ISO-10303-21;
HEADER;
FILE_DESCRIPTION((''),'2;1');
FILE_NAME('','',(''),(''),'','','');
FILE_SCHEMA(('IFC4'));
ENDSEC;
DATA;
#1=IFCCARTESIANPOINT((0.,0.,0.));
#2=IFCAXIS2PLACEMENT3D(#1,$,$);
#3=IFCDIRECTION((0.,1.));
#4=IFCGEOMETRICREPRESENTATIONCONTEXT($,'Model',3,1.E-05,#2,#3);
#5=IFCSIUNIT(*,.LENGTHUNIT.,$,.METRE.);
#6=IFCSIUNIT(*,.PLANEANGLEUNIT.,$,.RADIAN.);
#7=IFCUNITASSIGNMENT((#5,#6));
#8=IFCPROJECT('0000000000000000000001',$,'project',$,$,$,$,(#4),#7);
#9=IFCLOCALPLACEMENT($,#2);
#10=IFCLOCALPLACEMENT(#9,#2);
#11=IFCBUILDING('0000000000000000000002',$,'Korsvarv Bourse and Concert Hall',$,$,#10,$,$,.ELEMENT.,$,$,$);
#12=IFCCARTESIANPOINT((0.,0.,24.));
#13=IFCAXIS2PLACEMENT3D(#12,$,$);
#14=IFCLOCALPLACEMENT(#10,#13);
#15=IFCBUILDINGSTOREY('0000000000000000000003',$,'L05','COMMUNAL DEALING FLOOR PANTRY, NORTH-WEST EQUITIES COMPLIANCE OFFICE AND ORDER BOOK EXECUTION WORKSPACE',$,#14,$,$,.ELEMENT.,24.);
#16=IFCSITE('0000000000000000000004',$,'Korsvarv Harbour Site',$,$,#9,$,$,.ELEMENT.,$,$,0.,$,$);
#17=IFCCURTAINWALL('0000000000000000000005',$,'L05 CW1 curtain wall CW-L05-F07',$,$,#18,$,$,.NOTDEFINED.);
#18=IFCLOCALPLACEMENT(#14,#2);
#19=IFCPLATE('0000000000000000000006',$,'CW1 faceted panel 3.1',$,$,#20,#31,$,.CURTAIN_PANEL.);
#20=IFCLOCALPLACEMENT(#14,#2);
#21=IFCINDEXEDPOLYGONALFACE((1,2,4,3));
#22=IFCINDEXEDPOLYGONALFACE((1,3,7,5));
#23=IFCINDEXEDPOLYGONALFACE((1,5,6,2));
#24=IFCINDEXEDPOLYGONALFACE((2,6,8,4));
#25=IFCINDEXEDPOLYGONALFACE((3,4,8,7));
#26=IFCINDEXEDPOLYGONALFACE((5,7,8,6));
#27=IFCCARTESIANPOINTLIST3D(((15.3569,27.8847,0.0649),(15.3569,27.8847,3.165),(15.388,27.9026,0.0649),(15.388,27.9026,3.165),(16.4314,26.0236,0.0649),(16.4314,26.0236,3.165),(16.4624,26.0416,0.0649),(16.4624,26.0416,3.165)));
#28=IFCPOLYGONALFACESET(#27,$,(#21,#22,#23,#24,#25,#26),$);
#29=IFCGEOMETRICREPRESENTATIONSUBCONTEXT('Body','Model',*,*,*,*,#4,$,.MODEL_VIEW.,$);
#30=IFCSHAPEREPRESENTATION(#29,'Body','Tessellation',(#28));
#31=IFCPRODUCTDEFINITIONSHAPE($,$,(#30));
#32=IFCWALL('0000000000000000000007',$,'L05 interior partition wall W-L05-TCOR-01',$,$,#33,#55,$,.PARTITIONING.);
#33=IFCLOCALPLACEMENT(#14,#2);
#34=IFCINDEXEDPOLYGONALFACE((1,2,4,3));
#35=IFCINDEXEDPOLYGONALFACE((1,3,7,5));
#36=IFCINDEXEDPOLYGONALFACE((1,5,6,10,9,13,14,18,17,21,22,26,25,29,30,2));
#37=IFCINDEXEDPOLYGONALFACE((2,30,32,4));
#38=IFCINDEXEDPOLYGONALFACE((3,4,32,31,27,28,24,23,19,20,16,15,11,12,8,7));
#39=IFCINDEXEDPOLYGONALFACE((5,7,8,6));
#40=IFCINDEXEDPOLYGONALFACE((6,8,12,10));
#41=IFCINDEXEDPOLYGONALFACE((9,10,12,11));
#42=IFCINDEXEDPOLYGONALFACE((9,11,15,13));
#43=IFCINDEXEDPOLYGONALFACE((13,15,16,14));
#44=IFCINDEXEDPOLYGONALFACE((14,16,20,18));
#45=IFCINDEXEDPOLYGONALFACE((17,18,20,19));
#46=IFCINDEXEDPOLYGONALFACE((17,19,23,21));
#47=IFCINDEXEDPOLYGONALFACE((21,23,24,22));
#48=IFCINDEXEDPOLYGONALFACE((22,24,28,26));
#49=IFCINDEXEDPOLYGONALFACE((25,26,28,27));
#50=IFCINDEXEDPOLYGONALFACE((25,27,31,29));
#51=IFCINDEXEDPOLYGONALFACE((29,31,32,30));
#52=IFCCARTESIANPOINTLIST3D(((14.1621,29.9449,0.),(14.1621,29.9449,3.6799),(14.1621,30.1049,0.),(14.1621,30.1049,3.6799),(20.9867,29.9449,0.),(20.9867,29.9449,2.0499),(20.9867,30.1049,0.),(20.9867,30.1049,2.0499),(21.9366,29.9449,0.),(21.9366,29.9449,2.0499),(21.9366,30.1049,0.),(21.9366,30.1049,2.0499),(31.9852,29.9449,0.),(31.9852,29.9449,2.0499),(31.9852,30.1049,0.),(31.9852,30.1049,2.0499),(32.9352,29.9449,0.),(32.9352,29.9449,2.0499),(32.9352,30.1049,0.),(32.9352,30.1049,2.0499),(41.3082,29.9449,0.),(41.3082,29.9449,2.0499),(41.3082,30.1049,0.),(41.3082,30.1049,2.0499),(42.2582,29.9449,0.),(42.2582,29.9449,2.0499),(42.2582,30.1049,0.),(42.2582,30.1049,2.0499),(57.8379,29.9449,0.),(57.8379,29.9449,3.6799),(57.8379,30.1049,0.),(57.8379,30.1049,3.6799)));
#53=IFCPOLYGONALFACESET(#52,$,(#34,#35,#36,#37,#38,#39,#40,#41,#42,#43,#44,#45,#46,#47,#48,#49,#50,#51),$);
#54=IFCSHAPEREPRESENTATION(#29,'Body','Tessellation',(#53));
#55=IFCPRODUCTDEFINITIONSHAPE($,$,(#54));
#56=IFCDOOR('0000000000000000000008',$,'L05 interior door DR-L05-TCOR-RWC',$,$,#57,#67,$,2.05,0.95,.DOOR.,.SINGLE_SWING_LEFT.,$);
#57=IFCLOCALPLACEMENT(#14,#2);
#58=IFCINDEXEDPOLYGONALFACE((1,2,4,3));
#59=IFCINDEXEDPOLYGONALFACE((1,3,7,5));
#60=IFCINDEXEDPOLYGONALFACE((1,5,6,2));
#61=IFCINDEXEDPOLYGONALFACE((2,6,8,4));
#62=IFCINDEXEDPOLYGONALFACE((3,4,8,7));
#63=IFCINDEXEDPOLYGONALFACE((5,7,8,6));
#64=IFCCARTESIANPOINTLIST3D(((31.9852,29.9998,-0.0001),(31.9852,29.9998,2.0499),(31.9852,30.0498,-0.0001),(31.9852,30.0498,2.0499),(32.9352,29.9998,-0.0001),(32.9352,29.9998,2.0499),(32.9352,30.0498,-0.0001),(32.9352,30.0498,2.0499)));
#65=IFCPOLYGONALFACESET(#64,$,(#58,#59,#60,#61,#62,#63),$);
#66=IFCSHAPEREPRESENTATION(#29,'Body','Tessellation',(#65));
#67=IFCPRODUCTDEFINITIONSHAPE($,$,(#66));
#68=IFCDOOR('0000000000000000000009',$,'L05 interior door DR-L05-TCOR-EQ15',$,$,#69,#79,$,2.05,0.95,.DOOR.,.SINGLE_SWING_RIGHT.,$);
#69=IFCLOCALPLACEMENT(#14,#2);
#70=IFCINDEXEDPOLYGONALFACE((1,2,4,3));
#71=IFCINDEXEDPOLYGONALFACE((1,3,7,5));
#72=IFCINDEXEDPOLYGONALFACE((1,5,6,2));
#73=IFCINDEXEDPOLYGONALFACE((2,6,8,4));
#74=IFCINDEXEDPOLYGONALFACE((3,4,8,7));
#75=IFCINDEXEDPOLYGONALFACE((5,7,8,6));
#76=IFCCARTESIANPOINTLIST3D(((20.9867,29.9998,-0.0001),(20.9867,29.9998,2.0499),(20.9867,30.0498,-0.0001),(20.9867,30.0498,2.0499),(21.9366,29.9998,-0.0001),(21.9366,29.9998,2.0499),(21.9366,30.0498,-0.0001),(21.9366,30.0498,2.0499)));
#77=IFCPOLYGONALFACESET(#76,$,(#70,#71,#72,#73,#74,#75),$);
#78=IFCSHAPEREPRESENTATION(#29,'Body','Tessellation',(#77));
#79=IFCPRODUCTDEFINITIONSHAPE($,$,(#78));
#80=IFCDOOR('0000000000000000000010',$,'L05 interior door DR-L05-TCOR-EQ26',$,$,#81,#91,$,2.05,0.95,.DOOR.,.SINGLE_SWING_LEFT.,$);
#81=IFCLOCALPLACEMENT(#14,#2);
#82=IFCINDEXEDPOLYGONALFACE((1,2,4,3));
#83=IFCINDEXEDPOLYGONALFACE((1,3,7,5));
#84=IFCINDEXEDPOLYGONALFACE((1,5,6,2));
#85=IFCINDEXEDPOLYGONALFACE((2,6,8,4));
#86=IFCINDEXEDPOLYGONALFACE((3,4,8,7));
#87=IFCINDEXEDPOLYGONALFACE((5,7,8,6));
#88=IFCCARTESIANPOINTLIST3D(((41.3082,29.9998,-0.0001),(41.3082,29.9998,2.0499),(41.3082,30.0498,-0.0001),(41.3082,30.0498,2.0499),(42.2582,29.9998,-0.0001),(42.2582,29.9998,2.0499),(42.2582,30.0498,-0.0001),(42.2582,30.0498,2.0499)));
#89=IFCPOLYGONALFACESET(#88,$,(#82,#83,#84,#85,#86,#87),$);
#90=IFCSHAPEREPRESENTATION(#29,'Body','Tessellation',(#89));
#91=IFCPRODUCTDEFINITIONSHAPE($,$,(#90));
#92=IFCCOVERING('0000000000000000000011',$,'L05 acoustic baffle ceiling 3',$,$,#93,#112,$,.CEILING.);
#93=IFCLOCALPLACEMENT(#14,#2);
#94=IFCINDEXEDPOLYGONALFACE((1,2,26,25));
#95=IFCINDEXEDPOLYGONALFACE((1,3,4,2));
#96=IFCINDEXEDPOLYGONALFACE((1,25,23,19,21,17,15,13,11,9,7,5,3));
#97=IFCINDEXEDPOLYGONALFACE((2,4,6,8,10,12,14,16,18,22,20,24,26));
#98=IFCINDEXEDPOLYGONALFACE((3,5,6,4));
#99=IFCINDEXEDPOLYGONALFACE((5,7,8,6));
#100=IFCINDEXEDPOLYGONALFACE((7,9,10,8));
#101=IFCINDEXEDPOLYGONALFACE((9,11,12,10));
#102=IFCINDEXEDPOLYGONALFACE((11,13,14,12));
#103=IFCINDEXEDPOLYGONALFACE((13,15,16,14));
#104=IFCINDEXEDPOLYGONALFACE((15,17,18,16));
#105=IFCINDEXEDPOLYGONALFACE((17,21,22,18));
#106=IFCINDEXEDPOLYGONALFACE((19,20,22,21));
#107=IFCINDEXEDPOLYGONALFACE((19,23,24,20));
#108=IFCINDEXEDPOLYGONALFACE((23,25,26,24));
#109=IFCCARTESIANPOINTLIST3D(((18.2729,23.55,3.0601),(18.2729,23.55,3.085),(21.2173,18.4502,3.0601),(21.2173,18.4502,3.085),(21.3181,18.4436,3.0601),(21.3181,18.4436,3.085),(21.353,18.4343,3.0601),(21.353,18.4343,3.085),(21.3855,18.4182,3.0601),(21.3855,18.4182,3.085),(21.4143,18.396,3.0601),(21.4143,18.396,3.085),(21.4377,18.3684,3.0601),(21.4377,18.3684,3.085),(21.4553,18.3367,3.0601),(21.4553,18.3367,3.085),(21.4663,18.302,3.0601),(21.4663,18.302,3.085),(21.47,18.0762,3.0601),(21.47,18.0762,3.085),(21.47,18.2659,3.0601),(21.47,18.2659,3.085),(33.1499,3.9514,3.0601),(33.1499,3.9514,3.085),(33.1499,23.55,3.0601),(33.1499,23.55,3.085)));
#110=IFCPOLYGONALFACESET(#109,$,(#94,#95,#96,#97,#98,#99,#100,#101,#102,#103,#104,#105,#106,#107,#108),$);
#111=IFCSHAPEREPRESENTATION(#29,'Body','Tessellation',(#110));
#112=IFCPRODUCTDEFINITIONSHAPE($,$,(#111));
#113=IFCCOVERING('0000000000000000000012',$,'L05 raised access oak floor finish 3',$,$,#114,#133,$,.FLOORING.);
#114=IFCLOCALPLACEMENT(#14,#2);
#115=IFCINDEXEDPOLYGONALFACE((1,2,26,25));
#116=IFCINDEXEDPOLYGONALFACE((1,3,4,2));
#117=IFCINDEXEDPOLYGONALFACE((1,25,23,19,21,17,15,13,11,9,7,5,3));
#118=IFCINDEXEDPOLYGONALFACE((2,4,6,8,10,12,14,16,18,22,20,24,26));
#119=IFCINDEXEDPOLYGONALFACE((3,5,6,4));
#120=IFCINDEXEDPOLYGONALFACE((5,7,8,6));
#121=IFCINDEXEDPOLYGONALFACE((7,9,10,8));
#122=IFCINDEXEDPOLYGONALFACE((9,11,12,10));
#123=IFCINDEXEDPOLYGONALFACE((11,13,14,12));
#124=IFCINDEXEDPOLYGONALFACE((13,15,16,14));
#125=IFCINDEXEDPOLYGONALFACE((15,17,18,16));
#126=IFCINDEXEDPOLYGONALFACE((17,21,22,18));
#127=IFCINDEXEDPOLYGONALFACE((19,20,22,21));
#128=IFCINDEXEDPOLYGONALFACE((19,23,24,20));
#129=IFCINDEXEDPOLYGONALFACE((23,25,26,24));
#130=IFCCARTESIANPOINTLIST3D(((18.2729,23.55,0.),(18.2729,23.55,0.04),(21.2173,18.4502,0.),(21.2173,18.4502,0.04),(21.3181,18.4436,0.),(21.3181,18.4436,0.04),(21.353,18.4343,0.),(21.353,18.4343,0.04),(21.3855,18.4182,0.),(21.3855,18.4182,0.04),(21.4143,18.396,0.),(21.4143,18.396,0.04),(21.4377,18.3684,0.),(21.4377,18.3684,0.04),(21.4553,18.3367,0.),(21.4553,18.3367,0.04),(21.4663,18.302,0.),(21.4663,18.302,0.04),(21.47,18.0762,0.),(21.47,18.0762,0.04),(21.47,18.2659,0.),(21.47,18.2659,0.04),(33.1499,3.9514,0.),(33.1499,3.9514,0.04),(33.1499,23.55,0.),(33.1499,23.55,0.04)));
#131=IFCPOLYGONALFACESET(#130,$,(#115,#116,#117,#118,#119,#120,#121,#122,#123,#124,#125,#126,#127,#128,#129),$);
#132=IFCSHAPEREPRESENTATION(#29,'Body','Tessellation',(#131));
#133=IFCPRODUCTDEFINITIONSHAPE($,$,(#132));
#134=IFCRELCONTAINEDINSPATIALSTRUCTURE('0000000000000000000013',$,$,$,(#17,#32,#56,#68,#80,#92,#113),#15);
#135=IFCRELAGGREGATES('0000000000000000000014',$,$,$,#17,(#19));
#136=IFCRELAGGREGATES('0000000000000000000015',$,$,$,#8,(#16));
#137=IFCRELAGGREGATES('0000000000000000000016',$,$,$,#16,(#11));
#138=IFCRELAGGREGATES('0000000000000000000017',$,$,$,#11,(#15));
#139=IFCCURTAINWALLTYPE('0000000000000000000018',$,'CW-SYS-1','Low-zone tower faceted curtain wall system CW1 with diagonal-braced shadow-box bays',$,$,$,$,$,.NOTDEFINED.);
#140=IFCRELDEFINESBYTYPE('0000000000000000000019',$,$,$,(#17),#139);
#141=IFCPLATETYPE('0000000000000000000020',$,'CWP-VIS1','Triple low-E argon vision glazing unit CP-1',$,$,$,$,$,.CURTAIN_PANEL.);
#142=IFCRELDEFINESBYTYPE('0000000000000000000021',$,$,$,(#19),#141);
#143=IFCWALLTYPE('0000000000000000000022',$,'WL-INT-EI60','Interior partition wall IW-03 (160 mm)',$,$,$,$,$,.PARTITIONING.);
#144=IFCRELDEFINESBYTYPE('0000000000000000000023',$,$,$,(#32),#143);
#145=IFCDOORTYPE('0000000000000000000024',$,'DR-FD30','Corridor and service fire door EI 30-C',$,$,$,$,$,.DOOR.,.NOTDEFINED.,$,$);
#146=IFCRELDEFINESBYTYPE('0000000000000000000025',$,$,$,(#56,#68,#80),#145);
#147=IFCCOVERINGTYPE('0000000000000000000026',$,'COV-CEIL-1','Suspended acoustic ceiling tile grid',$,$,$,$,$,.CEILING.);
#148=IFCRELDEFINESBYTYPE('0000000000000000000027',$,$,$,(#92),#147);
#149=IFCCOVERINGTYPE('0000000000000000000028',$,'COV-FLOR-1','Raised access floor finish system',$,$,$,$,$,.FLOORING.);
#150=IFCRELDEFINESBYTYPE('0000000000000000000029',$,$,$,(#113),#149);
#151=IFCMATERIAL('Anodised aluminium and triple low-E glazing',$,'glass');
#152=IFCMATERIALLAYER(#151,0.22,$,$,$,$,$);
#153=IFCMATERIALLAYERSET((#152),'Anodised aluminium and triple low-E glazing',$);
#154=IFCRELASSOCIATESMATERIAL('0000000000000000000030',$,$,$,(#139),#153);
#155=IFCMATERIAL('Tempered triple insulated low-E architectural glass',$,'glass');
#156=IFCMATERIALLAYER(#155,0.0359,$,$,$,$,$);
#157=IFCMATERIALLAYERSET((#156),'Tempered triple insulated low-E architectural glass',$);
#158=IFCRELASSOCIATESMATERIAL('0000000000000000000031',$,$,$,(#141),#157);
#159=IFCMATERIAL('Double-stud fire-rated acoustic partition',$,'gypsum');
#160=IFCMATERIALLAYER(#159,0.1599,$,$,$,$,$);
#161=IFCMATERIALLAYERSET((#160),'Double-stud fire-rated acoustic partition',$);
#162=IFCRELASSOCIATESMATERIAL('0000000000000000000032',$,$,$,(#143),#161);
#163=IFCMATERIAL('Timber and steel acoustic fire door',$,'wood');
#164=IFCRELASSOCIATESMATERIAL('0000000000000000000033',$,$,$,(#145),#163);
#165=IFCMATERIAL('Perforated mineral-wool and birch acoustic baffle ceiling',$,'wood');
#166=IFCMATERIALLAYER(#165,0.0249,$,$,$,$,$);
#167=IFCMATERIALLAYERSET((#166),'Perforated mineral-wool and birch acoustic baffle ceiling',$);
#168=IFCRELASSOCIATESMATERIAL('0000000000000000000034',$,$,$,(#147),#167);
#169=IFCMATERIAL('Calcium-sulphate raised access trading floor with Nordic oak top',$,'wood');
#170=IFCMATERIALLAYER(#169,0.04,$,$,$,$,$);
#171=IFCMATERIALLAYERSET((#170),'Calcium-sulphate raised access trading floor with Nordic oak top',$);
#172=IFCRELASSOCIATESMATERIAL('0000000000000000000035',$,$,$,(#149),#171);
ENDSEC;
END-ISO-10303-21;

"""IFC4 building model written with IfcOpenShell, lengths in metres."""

from ifc_helpers import new_model, si_unit, direction, frame, frame_2d, origin, origin_2d, place, context, subcontext, project, spatial, polyline, rectangle, outline, extrude, source, transform, mapped, material, layer, layer_set, type_object, element, fill, aggregate, save


model = new_model("IFC4")

# Units and contexts
model_context = context("Model", 3, precision=1e-05, world=origin(), true_north=direction((0.0, 1.0)))
body_context = subcontext(model_context, "Body", "Model", "MODEL_VIEW")
ifc_project = project(units=[si_unit("LENGTHUNIT", "METRE"), si_unit("PLANEANGLEUNIT", "RADIAN")], contexts=[model_context])

# Site, building, storey
site_placement = place(None, origin())
site = spatial("IfcSite", under=ifc_project, at=site_placement, Name="Korsvarv Harbour Site", CompositionType="ELEMENT", RefElevation=0.0)
building_placement = place(site_placement, origin())
building = spatial("IfcBuilding", under=site, at=building_placement, Name="Korsvarv Bourse and Concert Hall", CompositionType="ELEMENT")
storey_placement = place(building_placement, frame((0.0, 0.0, 24.0)))
storey = spatial("IfcBuildingStorey", under=building, at=storey_placement, Name="L05", Description="COMMUNAL DEALING FLOOR PANTRY, NORTH-WEST EQUITIES COMPLIANCE OFFICE AND ORDER BOOK EXECUTION WORKSPACE", CompositionType="ELEMENT", Elevation=24.0)

# Curtain wall, plate
ifc_material_1 = material(Name="Anodised aluminium and triple low-E glazing", Category="glass")
ifc_layer_1 = layer(ifc_material_1, 0.22)
ifc_layer_set_1 = layer_set([ifc_layer_1], Name="Anodised aluminium and triple low-E glazing")
curtain_wall_type = type_object("IfcCurtainWallType", Name="CW-SYS-1", Description="Low-zone tower faceted curtain wall system CW1 with diagonal-braced shadow-box bays", PredefinedType="NOTDEFINED", material=ifc_layer_set_1)
curtain_wall_placement = place(storey_placement, origin())
curtain_wall = element("IfcCurtainWall", 1, at=curtain_wall_placement, inside=storey, type_object=curtain_wall_type, Name="L05 CW1 curtain wall CW-L05-F07", PredefinedType="NOTDEFINED")
ifc_material_2 = material(Name="Tempered triple insulated low-E architectural glass", Category="glass")
ifc_layer_2 = layer(ifc_material_2, 0.0359)
ifc_layer_set_2 = layer_set([ifc_layer_2], Name="Tempered triple insulated low-E architectural glass")
plate_type_1 = type_object("IfcPlateType", Name="CWP-VIS1", Description="Triple low-E argon vision glazing unit CP-1", PredefinedType="CURTAIN_PANEL", material=ifc_layer_set_2)
shared_shape_1 = source(origin(), body_context, "Body", "SweptSolid", [
    extrude(rectangle(XDim=2.1489, YDim=0.0359, at=origin_2d()), origin(), (0.0, 0.0, 1.0), 3.1001),
])
plate_1_placement = place(storey_placement, frame((15.9097, 26.9631, 0.0649), z_axis=(0.0, 0.0, 1.0), x_axis=(0.499995, -0.866029, 0.0)))
plate_1 = element("IfcPlate", 2, at=plate_1_placement, type_object=plate_type_1, Name="CW1 faceted panel 3.1", PredefinedType="CURTAIN_PANEL", context=body_context, shape_type="MappedRepresentation", body=[
    mapped(shared_shape_1, transform((0.0, 0.0, 0.0), scale=1.0)),
])
aggregate(curtain_wall, [plate_1])

# Wall, openings, doors
ifc_material_3 = material(Name="Double-stud fire-rated acoustic partition", Category="gypsum")
ifc_layer_3 = layer(ifc_material_3, 0.1599)
ifc_layer_set_3 = layer_set([ifc_layer_3], Name="Double-stud fire-rated acoustic partition")
wall_type = type_object("IfcWallType", Name="WL-INT-EI60", Description="Interior partition wall IW-03 (160 mm)", PredefinedType="PARTITIONING", material=ifc_layer_set_3)
wall_placement = place(storey_placement, frame((14.1621, 30.0249, 0.0), z_axis=(0.0, 0.0, 1.0), x_axis=(1.0, 0.0, 0.0)))
wall = element("IfcWall", 3, at=wall_placement, inside=storey, type_object=wall_type, Name="L05 interior partition wall W-L05-TCOR-01", PredefinedType="PARTITIONING", context=body_context, shape_type="SweptSolid", body=[
    extrude(rectangle(XDim=43.6758, YDim=0.1599, at=frame_2d((21.8379, 0.0))), origin(), (0.0, 0.0, 1.0), 3.6799),
])
opening_1_placement = place(wall_placement, frame((17.823, 0.0, 0.0)))
opening_1 = element("IfcOpeningElement", 4, at=opening_1_placement, cuts=wall, PredefinedType="OPENING", context=body_context, shape_type="SweptSolid", body=[
    extrude(rectangle(XDim=0.95, YDim=2.05, at=frame_2d((0.4751, 1.0249))), frame((0.0, 0.0898, 0.0), z_axis=(0.0, -1.0, 0.0), x_axis=(1.0, 0.0, 0.0)), (0.0, 0.0, 1.0), 0.1799),
])
opening_2_placement = place(wall_placement, frame((6.8245, 0.0, 0.0)))
opening_2 = element("IfcOpeningElement", 5, at=opening_2_placement, cuts=wall, PredefinedType="OPENING", context=body_context, shape_type="SweptSolid", body=[
    extrude(rectangle(XDim=0.95, YDim=2.05, at=frame_2d((0.4751, 1.0249))), frame((0.0, 0.0898, 0.0), z_axis=(0.0, -1.0, 0.0), x_axis=(1.0, 0.0, 0.0)), (0.0, 0.0, 1.0), 0.1799),
])
opening_3_placement = place(wall_placement, frame((27.146, 0.0, 0.0)))
opening_3 = element("IfcOpeningElement", 6, at=opening_3_placement, cuts=wall, PredefinedType="OPENING", context=body_context, shape_type="SweptSolid", body=[
    extrude(rectangle(XDim=0.95, YDim=2.05, at=frame_2d((0.4751, 1.0249))), frame((0.0, 0.0898, 0.0), z_axis=(0.0, -1.0, 0.0), x_axis=(1.0, 0.0, 0.0)), (0.0, 0.0, 1.0), 0.1799),
])
ifc_material_4 = material(Name="Timber and steel acoustic fire door", Category="wood")
door_type = type_object("IfcDoorType", Name="DR-FD30", Description="Corridor and service fire door EI 30-C", OperationType="NOTDEFINED", PredefinedType="DOOR", material=ifc_material_4)
door_1_placement = place(opening_1_placement, origin())
door_1 = element("IfcDoor", 7, at=door_1_placement, inside=storey, type_object=door_type, Name="L05 interior door DR-L05-TCOR-RWC", OperationType="SINGLE_SWING_LEFT", OverallHeight=2.05, OverallWidth=0.95, PredefinedType="DOOR", context=body_context, shape_type="SweptSolid", body=[
    extrude(rectangle(XDim=0.95, YDim=2.05, at=frame_2d((0.4751, 1.0249))), frame((0.0, 0.0249, 0.0), z_axis=(0.0, -1.0, 0.0), x_axis=(1.0, 0.0, 0.0)), (0.0, 0.0, 1.0), 0.05),
])
fill(opening_1, door_1)
door_2_placement = place(opening_2_placement, origin())
door_2 = element("IfcDoor", 8, at=door_2_placement, inside=storey, type_object=door_type, Name="L05 interior door DR-L05-TCOR-EQ15", OperationType="SINGLE_SWING_RIGHT", OverallHeight=2.05, OverallWidth=0.95, PredefinedType="DOOR", context=body_context, shape_type="SweptSolid", body=[
    extrude(rectangle(XDim=0.95, YDim=2.05, at=frame_2d((0.4751, 1.0249))), frame((0.0, 0.0249, 0.0), z_axis=(0.0, -1.0, 0.0), x_axis=(1.0, 0.0, 0.0)), (0.0, 0.0, 1.0), 0.05),
])
fill(opening_2, door_2)
door_3_placement = place(opening_3_placement, origin())
door_3 = element("IfcDoor", 9, at=door_3_placement, inside=storey, type_object=door_type, Name="L05 interior door DR-L05-TCOR-EQ26", OperationType="SINGLE_SWING_LEFT", OverallHeight=2.05, OverallWidth=0.95, PredefinedType="DOOR", context=body_context, shape_type="SweptSolid", body=[
    extrude(rectangle(XDim=0.95, YDim=2.05, at=frame_2d((0.4751, 1.0249))), frame((0.0, 0.0249, 0.0), z_axis=(0.0, -1.0, 0.0), x_axis=(1.0, 0.0, 0.0)), (0.0, 0.0, 1.0), 0.05),
])
fill(opening_3, door_3)

# Coverings
ifc_material_5 = material(Name="Perforated mineral-wool and birch acoustic baffle ceiling", Category="wood")
ifc_layer_4 = layer(ifc_material_5, 0.0249)
ifc_layer_set_4 = layer_set([ifc_layer_4], Name="Perforated mineral-wool and birch acoustic baffle ceiling")
covering_type_1 = type_object("IfcCoveringType", Name="COV-CEIL-1", Description="Suspended acoustic ceiling tile grid", PredefinedType="CEILING", material=ifc_layer_set_4)
covering_1_placement = place(storey_placement, frame((0.0, 0.0, 3.0601)))
element("IfcCovering", 10, at=covering_1_placement, inside=storey, type_object=covering_type_1, Name="L05 acoustic baffle ceiling 3", PredefinedType="CEILING", context=body_context, shape_type="SweptSolid", body=[
    extrude(outline(polyline([(33.1499, 23.55), (33.1499, 3.9514), (21.47, 18.0762), (21.47, 18.2659), (21.4663, 18.302), (21.4553, 18.3367), (21.4377, 18.3684), (21.4143, 18.396), (21.3855, 18.4182), (21.353, 18.4343), (21.3181, 18.4436), (21.2173, 18.4502), (18.2729, 23.55), (33.1499, 23.55)])), origin(), (0.0, 0.0, 1.0), 0.0249),
])
ifc_material_6 = material(Name="Calcium-sulphate raised access trading floor with Nordic oak top", Category="wood")
ifc_layer_5 = layer(ifc_material_6, 0.04)
ifc_layer_set_5 = layer_set([ifc_layer_5], Name="Calcium-sulphate raised access trading floor with Nordic oak top")
covering_type_2 = type_object("IfcCoveringType", Name="COV-FLOR-1", Description="Raised access floor finish system", PredefinedType="FLOORING", material=ifc_layer_set_5)
covering_2_placement = place(storey_placement, origin())
element("IfcCovering", 11, at=covering_2_placement, inside=storey, type_object=covering_type_2, Name="L05 raised access oak floor finish 3", PredefinedType="FLOORING", context=body_context, shape_type="SweptSolid", body=[
    extrude(outline(polyline([(33.1499, 23.55), (33.1499, 3.9514), (21.47, 18.0762), (21.47, 18.2659), (21.4663, 18.302), (21.4553, 18.3367), (21.4377, 18.3684), (21.4143, 18.396), (21.3855, 18.4182), (21.353, 18.4343), (21.3181, 18.4436), (21.2173, 18.4502), (18.2729, 23.55), (33.1499, 23.55)])), origin(), (0.0, 0.0, 1.0), 0.04),
])

save(model, "model.ifc")
